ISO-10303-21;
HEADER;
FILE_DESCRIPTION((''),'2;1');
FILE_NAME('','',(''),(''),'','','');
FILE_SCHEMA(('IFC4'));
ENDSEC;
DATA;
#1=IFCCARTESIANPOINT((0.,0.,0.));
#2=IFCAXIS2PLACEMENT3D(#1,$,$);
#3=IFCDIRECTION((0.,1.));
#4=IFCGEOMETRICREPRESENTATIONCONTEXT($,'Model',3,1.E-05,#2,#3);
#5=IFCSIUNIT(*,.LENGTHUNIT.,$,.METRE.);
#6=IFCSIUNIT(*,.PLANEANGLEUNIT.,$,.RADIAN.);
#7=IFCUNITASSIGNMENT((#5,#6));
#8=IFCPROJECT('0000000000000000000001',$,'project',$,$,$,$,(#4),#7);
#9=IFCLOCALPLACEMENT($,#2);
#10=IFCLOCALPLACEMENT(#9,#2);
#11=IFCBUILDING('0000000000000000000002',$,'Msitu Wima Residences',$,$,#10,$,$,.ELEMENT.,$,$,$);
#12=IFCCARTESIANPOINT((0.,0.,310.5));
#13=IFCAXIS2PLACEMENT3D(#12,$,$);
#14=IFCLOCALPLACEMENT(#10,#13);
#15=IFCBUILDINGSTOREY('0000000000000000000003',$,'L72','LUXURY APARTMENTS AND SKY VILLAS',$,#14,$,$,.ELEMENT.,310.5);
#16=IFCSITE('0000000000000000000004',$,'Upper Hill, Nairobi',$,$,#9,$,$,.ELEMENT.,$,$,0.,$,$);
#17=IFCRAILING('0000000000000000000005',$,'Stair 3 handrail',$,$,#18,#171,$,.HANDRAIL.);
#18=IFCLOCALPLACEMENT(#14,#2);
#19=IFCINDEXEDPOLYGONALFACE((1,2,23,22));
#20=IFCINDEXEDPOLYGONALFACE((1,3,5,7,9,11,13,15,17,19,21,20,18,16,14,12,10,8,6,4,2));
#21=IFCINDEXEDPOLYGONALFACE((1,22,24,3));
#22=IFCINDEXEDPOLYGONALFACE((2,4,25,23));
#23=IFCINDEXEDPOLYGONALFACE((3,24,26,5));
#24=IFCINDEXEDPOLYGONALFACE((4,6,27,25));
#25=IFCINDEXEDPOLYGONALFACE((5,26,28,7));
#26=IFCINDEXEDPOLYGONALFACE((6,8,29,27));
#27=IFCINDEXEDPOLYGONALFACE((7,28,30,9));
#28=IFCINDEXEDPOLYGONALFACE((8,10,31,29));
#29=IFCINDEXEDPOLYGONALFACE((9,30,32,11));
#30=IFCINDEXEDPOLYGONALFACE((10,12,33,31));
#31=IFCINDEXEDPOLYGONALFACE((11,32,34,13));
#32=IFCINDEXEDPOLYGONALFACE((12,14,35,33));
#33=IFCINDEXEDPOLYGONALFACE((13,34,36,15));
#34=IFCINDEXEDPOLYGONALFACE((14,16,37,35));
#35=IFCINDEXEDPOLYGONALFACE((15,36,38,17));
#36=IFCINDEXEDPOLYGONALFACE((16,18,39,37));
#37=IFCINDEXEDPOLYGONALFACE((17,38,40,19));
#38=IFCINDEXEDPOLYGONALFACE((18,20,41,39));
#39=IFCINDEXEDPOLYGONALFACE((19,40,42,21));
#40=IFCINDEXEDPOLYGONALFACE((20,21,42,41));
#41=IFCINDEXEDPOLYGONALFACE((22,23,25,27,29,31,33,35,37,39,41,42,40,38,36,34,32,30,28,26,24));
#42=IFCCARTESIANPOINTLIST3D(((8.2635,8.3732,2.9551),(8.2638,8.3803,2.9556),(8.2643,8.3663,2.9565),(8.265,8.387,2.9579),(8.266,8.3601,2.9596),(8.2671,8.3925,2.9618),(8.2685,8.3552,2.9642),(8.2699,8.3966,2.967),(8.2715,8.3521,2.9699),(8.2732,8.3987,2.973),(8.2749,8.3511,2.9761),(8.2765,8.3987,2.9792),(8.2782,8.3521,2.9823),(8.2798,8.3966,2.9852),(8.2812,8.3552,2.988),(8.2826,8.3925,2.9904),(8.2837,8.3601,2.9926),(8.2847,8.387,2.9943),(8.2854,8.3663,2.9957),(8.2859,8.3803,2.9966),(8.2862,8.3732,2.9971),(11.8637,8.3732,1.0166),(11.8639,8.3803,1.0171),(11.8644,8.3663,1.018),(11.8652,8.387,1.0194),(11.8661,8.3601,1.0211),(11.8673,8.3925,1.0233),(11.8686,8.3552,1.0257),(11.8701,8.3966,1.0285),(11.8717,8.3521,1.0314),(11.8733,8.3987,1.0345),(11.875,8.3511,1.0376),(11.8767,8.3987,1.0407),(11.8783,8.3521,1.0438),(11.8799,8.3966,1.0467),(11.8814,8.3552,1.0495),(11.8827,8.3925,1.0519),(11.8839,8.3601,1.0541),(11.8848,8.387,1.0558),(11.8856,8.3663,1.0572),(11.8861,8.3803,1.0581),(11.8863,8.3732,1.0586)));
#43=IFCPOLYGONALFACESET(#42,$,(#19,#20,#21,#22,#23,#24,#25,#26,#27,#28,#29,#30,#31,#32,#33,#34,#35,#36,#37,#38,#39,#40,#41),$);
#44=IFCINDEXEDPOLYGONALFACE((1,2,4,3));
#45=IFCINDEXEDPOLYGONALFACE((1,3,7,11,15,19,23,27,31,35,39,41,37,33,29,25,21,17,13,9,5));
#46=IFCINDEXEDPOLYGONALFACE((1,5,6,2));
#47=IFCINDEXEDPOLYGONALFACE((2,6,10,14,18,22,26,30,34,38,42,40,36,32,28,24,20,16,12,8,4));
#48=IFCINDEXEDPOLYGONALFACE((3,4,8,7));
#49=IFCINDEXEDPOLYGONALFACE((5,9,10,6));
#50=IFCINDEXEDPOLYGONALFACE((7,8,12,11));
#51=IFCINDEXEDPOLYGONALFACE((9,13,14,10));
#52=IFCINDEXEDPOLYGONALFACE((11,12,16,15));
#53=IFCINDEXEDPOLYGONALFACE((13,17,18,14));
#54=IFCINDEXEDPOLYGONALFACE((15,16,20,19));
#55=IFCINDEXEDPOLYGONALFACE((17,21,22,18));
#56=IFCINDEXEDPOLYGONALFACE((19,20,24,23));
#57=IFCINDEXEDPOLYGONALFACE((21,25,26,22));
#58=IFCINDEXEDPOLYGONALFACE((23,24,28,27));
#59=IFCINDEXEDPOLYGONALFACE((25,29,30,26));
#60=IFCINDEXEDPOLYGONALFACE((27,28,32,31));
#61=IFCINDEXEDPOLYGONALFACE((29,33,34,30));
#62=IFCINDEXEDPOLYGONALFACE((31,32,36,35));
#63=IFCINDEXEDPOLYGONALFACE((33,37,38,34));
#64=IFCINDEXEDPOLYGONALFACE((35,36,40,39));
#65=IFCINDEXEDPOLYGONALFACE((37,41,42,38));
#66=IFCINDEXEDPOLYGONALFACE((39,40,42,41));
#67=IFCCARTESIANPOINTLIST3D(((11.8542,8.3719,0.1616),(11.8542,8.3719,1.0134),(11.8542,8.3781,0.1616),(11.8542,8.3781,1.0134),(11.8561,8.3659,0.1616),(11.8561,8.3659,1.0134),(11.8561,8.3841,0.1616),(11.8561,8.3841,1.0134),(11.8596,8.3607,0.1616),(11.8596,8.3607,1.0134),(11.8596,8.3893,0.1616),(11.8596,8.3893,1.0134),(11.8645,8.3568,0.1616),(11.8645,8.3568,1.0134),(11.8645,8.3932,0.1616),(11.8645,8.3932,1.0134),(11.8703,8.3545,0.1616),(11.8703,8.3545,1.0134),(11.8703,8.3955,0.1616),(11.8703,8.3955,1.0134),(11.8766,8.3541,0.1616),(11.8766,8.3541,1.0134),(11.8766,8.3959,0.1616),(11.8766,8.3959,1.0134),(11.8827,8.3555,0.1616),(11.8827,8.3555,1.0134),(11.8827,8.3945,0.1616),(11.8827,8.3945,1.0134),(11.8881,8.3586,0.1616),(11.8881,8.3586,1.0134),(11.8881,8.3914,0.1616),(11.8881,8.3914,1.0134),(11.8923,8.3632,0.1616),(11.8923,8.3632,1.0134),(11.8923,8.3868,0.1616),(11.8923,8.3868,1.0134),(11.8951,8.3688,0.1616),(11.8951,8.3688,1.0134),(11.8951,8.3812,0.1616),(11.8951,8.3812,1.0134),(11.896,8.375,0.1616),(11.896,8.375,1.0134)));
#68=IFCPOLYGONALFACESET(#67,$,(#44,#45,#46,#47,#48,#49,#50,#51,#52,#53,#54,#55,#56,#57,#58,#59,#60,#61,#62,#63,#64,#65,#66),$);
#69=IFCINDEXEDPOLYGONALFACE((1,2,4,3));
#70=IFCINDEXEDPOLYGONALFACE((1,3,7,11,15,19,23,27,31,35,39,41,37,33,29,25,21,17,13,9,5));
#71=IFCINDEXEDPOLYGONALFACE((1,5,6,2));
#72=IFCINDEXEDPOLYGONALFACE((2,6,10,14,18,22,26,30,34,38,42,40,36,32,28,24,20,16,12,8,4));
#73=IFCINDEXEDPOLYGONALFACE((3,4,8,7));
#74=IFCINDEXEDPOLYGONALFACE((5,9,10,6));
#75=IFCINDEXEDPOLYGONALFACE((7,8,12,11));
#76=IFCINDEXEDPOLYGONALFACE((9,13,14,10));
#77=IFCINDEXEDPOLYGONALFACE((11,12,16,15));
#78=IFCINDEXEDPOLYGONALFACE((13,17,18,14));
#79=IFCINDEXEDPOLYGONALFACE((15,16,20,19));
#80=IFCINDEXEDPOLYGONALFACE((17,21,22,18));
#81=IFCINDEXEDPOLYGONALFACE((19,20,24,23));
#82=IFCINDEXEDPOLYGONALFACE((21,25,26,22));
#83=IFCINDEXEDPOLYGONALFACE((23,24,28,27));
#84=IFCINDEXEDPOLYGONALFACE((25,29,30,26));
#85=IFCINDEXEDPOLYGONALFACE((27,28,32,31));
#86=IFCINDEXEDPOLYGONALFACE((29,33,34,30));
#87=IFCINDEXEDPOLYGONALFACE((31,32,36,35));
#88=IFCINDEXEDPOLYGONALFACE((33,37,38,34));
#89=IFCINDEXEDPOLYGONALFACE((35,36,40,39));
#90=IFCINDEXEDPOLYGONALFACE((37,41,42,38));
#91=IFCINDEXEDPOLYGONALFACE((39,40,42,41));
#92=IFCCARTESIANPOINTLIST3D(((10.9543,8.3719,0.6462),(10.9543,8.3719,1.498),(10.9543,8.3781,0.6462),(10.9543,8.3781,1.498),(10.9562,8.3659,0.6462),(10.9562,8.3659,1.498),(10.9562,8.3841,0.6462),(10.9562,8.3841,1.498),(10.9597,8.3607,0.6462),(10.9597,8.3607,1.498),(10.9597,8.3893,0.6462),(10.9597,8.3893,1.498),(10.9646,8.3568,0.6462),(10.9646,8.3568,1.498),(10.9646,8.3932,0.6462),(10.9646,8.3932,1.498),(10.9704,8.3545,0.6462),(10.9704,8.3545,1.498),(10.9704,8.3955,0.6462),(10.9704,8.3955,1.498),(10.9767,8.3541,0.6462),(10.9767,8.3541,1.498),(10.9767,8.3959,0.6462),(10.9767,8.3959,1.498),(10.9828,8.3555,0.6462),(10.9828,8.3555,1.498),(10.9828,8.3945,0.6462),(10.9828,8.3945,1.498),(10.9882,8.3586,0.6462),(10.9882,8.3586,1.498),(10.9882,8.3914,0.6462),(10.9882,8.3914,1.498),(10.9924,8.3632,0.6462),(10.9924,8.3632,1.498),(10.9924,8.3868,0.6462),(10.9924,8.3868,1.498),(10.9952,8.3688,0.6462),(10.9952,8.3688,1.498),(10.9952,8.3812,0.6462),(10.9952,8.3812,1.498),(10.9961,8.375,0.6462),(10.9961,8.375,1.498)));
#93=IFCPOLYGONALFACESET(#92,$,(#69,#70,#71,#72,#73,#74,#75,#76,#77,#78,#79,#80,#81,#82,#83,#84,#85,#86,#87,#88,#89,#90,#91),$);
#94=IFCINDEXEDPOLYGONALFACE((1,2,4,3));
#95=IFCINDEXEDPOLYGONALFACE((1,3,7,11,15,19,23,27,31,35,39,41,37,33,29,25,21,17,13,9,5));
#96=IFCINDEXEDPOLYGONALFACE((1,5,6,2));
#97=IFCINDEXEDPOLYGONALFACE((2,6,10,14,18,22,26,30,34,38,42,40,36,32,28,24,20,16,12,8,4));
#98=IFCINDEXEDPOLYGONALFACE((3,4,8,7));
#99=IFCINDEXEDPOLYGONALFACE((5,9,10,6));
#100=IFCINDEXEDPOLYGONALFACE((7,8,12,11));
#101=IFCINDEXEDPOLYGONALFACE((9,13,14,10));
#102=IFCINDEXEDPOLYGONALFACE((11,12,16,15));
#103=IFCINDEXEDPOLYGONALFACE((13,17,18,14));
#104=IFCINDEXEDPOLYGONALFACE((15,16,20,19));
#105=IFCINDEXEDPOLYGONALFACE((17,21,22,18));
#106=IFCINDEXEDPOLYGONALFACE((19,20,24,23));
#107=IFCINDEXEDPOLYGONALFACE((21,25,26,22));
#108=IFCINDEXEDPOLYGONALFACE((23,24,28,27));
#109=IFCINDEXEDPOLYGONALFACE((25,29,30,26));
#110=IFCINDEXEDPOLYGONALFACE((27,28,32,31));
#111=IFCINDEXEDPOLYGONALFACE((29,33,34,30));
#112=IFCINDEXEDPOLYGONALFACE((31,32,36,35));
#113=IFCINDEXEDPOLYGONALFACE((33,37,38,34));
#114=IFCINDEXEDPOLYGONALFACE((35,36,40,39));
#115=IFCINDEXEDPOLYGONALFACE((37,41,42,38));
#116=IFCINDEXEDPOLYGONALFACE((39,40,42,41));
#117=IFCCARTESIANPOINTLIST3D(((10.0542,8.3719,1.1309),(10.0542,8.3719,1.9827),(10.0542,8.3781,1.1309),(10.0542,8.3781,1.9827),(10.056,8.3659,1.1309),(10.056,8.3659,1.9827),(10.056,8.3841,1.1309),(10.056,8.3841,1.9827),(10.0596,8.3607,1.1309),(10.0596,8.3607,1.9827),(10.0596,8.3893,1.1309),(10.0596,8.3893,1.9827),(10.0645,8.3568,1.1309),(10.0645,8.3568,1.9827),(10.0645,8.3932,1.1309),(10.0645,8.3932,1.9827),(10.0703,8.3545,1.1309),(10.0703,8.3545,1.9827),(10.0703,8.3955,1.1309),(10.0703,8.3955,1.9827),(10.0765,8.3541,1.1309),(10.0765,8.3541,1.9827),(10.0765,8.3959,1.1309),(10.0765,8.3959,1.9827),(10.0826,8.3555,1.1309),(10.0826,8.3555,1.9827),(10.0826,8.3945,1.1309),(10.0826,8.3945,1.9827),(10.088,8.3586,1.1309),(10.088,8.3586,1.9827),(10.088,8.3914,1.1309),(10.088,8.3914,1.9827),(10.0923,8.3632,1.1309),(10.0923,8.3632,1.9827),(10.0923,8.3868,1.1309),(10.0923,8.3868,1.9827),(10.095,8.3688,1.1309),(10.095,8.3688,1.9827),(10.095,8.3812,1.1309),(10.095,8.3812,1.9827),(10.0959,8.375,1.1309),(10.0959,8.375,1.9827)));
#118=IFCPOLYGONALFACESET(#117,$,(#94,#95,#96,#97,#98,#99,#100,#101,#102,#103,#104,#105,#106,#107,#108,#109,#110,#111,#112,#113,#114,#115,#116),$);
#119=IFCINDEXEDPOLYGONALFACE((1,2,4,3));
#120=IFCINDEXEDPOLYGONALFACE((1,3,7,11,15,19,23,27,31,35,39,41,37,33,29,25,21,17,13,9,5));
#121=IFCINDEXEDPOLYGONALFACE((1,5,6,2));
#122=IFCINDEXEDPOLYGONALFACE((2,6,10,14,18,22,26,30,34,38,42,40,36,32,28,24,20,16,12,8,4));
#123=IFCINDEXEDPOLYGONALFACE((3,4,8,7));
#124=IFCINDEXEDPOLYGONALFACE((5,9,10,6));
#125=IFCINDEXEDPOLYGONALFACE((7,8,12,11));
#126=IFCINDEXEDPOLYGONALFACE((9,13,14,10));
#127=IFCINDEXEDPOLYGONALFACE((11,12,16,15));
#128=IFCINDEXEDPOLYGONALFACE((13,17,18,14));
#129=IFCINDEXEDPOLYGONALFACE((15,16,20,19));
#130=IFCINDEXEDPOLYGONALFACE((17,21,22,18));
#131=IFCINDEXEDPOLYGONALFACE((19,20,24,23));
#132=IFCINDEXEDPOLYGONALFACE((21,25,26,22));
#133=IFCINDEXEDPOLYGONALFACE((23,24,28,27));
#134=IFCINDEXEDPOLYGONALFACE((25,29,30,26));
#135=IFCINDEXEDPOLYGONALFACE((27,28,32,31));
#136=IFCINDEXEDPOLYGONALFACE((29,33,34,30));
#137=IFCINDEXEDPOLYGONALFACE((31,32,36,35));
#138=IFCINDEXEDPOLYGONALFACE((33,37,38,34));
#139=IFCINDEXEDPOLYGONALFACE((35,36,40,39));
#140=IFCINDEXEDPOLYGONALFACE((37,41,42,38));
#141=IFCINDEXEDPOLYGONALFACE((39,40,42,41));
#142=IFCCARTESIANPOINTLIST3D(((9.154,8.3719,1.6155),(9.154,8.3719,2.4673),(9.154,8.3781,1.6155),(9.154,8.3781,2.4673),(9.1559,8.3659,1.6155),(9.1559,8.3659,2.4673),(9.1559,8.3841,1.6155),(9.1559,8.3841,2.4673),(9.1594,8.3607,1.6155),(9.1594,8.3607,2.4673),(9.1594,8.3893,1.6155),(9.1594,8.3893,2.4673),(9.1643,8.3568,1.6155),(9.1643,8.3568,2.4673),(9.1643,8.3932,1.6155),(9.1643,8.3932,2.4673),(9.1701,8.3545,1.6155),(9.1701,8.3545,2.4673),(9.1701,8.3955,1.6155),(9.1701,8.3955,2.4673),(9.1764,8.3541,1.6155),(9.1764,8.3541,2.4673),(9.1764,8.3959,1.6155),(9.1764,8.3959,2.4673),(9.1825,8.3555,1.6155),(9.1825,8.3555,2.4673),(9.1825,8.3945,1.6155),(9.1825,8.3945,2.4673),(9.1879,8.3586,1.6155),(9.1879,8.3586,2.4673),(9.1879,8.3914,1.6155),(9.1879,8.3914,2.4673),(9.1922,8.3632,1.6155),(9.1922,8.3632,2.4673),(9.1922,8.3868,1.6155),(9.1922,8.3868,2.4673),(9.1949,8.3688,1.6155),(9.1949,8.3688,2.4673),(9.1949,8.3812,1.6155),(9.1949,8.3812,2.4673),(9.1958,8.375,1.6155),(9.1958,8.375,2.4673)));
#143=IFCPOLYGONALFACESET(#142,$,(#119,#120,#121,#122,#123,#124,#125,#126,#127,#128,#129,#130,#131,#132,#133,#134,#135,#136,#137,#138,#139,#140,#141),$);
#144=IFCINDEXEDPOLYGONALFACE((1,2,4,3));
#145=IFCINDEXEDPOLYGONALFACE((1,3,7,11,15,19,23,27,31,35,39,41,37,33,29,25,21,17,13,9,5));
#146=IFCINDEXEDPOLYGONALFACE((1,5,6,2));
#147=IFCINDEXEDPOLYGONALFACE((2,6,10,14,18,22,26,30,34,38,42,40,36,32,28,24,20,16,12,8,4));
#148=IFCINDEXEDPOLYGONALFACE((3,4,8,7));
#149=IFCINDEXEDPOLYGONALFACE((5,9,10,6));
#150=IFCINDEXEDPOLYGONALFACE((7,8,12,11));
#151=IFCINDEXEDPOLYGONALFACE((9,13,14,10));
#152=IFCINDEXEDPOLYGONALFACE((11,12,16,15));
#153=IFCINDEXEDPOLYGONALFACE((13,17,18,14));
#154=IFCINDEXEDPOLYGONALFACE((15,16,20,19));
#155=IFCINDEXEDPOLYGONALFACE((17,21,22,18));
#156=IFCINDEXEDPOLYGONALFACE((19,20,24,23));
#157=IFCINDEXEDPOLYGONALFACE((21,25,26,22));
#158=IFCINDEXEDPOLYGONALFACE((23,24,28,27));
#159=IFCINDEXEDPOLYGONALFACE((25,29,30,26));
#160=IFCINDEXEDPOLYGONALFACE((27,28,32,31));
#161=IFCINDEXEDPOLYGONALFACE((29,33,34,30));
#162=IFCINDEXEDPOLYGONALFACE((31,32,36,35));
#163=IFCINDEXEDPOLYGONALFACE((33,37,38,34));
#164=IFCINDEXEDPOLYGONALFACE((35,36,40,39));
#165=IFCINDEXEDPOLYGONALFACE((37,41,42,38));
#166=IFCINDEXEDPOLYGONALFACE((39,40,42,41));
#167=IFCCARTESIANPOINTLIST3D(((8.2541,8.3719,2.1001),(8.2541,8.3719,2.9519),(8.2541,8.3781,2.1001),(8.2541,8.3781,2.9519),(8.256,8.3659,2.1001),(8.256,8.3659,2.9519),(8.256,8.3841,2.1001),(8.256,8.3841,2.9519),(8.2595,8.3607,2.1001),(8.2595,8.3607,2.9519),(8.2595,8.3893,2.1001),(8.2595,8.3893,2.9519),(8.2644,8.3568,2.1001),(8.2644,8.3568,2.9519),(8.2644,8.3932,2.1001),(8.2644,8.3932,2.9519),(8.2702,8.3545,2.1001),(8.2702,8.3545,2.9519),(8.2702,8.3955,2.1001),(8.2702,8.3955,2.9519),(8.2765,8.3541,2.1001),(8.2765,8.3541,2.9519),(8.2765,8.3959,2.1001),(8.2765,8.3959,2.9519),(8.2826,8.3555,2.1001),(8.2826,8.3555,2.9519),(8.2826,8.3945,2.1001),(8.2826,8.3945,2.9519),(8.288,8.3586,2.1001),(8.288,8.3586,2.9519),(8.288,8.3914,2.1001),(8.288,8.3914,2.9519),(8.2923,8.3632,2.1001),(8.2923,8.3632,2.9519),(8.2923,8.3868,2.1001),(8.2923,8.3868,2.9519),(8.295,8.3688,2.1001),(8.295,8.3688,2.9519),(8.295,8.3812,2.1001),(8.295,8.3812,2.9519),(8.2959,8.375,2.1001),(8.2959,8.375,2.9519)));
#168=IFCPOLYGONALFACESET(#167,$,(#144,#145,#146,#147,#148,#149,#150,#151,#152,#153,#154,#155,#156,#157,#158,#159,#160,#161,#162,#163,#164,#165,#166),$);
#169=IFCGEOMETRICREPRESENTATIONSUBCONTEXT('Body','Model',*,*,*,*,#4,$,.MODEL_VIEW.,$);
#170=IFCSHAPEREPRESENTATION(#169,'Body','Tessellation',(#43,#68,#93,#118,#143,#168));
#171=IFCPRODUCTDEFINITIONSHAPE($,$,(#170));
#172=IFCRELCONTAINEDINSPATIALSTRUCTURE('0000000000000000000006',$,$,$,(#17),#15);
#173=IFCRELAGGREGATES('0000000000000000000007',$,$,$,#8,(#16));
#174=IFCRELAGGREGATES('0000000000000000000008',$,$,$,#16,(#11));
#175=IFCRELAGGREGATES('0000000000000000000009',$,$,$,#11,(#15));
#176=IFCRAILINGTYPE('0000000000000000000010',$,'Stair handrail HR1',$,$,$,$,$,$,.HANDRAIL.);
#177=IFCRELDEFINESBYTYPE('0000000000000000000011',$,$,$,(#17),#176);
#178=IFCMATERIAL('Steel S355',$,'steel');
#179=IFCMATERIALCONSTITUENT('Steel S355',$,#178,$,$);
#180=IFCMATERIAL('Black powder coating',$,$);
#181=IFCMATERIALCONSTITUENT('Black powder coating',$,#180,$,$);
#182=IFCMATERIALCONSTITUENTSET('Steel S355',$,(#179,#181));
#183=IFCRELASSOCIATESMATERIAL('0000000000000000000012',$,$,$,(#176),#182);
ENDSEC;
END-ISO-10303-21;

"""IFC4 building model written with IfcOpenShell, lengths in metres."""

from ifc_helpers import new_model, si_unit, direction, frame, origin, origin_2d, place, context, subcontext, project, spatial, circle, extrude, material, constituent, constituent_set, type_object, element, save


model = new_model("IFC4")

# Units and contexts
model_context = context("Model", 3, precision=1e-05, world=origin(), true_north=direction((0.0, 1.0)))
body_context = subcontext(model_context, "Body", "Model", "MODEL_VIEW")
ifc_project = project(units=[si_unit("LENGTHUNIT", "METRE"), si_unit("PLANEANGLEUNIT", "RADIAN")], contexts=[model_context])

# Site, building, storey
site_placement = place(None, origin())
site = spatial("IfcSite", under=ifc_project, at=site_placement, Name="Upper Hill, Nairobi", CompositionType="ELEMENT", RefElevation=0.0)
building_placement = place(site_placement, origin())
building = spatial("IfcBuilding", under=site, at=building_placement, Name="Msitu Wima Residences", CompositionType="ELEMENT")
storey_placement = place(building_placement, frame((0.0, 0.0, 310.5)))
storey = spatial("IfcBuildingStorey", under=building, at=storey_placement, Name="L72", Description="LUXURY APARTMENTS AND SKY VILLAS", CompositionType="ELEMENT", Elevation=310.5)

# Railing
ifc_material_1 = material(Name="Steel S355", Category="steel")
ifc_constituent_1 = constituent(ifc_material_1, Name="Steel S355")
ifc_material_2 = material(Name="Black powder coating")
ifc_constituent_2 = constituent(ifc_material_2, Name="Black powder coating")
ifc_constituent_set = constituent_set(constituents=[ifc_constituent_1, ifc_constituent_2], Name="Steel S355")
railing_type = type_object("IfcRailingType", Name="Stair handrail HR1", PredefinedType="HANDRAIL", material=ifc_constituent_set)
for number, where, name in (
    (1, (11.875, 8.375, 0.1616), "Stair 3 handrail"),
):
    element("IfcRailing", number, at=place(storey_placement, frame(where)), inside=storey, type_object=railing_type, Name=name, PredefinedType="HANDRAIL", context=body_context, shape_type="SweptSolid", body=[
        extrude(circle(Radius=0.0239, at=origin_2d()), frame((0.0, 0.0, 0.876), z_axis=(-0.880475, 0.0, 0.474093), x_axis=(0.0, -1.0, 0.0)), (0.0, 0.0, 1.0), 4.0889),
        extrude(circle(Radius=0.021, at=origin_2d()), origin(), (0.0, 0.0, 1.0), 0.8518),
        extrude(circle(Radius=0.021, at=origin_2d()), frame((-0.8999, 0.0, 0.4846)), (0.0, 0.0, 1.0), 0.8518),
        extrude(circle(Radius=0.021, at=origin_2d()), frame((-1.8, 0.0, 0.9692)), (0.0, 0.0, 1.0), 0.8518),
        extrude(circle(Radius=0.021, at=origin_2d()), frame((-2.7002, 0.0, 1.4539)), (0.0, 0.0, 1.0), 0.8518),
        extrude(circle(Radius=0.021, at=origin_2d()), frame((-3.6001, 0.0, 1.9385)), (0.0, 0.0, 1.0), 0.8518),
    ])

save(model, "model.ifc")
